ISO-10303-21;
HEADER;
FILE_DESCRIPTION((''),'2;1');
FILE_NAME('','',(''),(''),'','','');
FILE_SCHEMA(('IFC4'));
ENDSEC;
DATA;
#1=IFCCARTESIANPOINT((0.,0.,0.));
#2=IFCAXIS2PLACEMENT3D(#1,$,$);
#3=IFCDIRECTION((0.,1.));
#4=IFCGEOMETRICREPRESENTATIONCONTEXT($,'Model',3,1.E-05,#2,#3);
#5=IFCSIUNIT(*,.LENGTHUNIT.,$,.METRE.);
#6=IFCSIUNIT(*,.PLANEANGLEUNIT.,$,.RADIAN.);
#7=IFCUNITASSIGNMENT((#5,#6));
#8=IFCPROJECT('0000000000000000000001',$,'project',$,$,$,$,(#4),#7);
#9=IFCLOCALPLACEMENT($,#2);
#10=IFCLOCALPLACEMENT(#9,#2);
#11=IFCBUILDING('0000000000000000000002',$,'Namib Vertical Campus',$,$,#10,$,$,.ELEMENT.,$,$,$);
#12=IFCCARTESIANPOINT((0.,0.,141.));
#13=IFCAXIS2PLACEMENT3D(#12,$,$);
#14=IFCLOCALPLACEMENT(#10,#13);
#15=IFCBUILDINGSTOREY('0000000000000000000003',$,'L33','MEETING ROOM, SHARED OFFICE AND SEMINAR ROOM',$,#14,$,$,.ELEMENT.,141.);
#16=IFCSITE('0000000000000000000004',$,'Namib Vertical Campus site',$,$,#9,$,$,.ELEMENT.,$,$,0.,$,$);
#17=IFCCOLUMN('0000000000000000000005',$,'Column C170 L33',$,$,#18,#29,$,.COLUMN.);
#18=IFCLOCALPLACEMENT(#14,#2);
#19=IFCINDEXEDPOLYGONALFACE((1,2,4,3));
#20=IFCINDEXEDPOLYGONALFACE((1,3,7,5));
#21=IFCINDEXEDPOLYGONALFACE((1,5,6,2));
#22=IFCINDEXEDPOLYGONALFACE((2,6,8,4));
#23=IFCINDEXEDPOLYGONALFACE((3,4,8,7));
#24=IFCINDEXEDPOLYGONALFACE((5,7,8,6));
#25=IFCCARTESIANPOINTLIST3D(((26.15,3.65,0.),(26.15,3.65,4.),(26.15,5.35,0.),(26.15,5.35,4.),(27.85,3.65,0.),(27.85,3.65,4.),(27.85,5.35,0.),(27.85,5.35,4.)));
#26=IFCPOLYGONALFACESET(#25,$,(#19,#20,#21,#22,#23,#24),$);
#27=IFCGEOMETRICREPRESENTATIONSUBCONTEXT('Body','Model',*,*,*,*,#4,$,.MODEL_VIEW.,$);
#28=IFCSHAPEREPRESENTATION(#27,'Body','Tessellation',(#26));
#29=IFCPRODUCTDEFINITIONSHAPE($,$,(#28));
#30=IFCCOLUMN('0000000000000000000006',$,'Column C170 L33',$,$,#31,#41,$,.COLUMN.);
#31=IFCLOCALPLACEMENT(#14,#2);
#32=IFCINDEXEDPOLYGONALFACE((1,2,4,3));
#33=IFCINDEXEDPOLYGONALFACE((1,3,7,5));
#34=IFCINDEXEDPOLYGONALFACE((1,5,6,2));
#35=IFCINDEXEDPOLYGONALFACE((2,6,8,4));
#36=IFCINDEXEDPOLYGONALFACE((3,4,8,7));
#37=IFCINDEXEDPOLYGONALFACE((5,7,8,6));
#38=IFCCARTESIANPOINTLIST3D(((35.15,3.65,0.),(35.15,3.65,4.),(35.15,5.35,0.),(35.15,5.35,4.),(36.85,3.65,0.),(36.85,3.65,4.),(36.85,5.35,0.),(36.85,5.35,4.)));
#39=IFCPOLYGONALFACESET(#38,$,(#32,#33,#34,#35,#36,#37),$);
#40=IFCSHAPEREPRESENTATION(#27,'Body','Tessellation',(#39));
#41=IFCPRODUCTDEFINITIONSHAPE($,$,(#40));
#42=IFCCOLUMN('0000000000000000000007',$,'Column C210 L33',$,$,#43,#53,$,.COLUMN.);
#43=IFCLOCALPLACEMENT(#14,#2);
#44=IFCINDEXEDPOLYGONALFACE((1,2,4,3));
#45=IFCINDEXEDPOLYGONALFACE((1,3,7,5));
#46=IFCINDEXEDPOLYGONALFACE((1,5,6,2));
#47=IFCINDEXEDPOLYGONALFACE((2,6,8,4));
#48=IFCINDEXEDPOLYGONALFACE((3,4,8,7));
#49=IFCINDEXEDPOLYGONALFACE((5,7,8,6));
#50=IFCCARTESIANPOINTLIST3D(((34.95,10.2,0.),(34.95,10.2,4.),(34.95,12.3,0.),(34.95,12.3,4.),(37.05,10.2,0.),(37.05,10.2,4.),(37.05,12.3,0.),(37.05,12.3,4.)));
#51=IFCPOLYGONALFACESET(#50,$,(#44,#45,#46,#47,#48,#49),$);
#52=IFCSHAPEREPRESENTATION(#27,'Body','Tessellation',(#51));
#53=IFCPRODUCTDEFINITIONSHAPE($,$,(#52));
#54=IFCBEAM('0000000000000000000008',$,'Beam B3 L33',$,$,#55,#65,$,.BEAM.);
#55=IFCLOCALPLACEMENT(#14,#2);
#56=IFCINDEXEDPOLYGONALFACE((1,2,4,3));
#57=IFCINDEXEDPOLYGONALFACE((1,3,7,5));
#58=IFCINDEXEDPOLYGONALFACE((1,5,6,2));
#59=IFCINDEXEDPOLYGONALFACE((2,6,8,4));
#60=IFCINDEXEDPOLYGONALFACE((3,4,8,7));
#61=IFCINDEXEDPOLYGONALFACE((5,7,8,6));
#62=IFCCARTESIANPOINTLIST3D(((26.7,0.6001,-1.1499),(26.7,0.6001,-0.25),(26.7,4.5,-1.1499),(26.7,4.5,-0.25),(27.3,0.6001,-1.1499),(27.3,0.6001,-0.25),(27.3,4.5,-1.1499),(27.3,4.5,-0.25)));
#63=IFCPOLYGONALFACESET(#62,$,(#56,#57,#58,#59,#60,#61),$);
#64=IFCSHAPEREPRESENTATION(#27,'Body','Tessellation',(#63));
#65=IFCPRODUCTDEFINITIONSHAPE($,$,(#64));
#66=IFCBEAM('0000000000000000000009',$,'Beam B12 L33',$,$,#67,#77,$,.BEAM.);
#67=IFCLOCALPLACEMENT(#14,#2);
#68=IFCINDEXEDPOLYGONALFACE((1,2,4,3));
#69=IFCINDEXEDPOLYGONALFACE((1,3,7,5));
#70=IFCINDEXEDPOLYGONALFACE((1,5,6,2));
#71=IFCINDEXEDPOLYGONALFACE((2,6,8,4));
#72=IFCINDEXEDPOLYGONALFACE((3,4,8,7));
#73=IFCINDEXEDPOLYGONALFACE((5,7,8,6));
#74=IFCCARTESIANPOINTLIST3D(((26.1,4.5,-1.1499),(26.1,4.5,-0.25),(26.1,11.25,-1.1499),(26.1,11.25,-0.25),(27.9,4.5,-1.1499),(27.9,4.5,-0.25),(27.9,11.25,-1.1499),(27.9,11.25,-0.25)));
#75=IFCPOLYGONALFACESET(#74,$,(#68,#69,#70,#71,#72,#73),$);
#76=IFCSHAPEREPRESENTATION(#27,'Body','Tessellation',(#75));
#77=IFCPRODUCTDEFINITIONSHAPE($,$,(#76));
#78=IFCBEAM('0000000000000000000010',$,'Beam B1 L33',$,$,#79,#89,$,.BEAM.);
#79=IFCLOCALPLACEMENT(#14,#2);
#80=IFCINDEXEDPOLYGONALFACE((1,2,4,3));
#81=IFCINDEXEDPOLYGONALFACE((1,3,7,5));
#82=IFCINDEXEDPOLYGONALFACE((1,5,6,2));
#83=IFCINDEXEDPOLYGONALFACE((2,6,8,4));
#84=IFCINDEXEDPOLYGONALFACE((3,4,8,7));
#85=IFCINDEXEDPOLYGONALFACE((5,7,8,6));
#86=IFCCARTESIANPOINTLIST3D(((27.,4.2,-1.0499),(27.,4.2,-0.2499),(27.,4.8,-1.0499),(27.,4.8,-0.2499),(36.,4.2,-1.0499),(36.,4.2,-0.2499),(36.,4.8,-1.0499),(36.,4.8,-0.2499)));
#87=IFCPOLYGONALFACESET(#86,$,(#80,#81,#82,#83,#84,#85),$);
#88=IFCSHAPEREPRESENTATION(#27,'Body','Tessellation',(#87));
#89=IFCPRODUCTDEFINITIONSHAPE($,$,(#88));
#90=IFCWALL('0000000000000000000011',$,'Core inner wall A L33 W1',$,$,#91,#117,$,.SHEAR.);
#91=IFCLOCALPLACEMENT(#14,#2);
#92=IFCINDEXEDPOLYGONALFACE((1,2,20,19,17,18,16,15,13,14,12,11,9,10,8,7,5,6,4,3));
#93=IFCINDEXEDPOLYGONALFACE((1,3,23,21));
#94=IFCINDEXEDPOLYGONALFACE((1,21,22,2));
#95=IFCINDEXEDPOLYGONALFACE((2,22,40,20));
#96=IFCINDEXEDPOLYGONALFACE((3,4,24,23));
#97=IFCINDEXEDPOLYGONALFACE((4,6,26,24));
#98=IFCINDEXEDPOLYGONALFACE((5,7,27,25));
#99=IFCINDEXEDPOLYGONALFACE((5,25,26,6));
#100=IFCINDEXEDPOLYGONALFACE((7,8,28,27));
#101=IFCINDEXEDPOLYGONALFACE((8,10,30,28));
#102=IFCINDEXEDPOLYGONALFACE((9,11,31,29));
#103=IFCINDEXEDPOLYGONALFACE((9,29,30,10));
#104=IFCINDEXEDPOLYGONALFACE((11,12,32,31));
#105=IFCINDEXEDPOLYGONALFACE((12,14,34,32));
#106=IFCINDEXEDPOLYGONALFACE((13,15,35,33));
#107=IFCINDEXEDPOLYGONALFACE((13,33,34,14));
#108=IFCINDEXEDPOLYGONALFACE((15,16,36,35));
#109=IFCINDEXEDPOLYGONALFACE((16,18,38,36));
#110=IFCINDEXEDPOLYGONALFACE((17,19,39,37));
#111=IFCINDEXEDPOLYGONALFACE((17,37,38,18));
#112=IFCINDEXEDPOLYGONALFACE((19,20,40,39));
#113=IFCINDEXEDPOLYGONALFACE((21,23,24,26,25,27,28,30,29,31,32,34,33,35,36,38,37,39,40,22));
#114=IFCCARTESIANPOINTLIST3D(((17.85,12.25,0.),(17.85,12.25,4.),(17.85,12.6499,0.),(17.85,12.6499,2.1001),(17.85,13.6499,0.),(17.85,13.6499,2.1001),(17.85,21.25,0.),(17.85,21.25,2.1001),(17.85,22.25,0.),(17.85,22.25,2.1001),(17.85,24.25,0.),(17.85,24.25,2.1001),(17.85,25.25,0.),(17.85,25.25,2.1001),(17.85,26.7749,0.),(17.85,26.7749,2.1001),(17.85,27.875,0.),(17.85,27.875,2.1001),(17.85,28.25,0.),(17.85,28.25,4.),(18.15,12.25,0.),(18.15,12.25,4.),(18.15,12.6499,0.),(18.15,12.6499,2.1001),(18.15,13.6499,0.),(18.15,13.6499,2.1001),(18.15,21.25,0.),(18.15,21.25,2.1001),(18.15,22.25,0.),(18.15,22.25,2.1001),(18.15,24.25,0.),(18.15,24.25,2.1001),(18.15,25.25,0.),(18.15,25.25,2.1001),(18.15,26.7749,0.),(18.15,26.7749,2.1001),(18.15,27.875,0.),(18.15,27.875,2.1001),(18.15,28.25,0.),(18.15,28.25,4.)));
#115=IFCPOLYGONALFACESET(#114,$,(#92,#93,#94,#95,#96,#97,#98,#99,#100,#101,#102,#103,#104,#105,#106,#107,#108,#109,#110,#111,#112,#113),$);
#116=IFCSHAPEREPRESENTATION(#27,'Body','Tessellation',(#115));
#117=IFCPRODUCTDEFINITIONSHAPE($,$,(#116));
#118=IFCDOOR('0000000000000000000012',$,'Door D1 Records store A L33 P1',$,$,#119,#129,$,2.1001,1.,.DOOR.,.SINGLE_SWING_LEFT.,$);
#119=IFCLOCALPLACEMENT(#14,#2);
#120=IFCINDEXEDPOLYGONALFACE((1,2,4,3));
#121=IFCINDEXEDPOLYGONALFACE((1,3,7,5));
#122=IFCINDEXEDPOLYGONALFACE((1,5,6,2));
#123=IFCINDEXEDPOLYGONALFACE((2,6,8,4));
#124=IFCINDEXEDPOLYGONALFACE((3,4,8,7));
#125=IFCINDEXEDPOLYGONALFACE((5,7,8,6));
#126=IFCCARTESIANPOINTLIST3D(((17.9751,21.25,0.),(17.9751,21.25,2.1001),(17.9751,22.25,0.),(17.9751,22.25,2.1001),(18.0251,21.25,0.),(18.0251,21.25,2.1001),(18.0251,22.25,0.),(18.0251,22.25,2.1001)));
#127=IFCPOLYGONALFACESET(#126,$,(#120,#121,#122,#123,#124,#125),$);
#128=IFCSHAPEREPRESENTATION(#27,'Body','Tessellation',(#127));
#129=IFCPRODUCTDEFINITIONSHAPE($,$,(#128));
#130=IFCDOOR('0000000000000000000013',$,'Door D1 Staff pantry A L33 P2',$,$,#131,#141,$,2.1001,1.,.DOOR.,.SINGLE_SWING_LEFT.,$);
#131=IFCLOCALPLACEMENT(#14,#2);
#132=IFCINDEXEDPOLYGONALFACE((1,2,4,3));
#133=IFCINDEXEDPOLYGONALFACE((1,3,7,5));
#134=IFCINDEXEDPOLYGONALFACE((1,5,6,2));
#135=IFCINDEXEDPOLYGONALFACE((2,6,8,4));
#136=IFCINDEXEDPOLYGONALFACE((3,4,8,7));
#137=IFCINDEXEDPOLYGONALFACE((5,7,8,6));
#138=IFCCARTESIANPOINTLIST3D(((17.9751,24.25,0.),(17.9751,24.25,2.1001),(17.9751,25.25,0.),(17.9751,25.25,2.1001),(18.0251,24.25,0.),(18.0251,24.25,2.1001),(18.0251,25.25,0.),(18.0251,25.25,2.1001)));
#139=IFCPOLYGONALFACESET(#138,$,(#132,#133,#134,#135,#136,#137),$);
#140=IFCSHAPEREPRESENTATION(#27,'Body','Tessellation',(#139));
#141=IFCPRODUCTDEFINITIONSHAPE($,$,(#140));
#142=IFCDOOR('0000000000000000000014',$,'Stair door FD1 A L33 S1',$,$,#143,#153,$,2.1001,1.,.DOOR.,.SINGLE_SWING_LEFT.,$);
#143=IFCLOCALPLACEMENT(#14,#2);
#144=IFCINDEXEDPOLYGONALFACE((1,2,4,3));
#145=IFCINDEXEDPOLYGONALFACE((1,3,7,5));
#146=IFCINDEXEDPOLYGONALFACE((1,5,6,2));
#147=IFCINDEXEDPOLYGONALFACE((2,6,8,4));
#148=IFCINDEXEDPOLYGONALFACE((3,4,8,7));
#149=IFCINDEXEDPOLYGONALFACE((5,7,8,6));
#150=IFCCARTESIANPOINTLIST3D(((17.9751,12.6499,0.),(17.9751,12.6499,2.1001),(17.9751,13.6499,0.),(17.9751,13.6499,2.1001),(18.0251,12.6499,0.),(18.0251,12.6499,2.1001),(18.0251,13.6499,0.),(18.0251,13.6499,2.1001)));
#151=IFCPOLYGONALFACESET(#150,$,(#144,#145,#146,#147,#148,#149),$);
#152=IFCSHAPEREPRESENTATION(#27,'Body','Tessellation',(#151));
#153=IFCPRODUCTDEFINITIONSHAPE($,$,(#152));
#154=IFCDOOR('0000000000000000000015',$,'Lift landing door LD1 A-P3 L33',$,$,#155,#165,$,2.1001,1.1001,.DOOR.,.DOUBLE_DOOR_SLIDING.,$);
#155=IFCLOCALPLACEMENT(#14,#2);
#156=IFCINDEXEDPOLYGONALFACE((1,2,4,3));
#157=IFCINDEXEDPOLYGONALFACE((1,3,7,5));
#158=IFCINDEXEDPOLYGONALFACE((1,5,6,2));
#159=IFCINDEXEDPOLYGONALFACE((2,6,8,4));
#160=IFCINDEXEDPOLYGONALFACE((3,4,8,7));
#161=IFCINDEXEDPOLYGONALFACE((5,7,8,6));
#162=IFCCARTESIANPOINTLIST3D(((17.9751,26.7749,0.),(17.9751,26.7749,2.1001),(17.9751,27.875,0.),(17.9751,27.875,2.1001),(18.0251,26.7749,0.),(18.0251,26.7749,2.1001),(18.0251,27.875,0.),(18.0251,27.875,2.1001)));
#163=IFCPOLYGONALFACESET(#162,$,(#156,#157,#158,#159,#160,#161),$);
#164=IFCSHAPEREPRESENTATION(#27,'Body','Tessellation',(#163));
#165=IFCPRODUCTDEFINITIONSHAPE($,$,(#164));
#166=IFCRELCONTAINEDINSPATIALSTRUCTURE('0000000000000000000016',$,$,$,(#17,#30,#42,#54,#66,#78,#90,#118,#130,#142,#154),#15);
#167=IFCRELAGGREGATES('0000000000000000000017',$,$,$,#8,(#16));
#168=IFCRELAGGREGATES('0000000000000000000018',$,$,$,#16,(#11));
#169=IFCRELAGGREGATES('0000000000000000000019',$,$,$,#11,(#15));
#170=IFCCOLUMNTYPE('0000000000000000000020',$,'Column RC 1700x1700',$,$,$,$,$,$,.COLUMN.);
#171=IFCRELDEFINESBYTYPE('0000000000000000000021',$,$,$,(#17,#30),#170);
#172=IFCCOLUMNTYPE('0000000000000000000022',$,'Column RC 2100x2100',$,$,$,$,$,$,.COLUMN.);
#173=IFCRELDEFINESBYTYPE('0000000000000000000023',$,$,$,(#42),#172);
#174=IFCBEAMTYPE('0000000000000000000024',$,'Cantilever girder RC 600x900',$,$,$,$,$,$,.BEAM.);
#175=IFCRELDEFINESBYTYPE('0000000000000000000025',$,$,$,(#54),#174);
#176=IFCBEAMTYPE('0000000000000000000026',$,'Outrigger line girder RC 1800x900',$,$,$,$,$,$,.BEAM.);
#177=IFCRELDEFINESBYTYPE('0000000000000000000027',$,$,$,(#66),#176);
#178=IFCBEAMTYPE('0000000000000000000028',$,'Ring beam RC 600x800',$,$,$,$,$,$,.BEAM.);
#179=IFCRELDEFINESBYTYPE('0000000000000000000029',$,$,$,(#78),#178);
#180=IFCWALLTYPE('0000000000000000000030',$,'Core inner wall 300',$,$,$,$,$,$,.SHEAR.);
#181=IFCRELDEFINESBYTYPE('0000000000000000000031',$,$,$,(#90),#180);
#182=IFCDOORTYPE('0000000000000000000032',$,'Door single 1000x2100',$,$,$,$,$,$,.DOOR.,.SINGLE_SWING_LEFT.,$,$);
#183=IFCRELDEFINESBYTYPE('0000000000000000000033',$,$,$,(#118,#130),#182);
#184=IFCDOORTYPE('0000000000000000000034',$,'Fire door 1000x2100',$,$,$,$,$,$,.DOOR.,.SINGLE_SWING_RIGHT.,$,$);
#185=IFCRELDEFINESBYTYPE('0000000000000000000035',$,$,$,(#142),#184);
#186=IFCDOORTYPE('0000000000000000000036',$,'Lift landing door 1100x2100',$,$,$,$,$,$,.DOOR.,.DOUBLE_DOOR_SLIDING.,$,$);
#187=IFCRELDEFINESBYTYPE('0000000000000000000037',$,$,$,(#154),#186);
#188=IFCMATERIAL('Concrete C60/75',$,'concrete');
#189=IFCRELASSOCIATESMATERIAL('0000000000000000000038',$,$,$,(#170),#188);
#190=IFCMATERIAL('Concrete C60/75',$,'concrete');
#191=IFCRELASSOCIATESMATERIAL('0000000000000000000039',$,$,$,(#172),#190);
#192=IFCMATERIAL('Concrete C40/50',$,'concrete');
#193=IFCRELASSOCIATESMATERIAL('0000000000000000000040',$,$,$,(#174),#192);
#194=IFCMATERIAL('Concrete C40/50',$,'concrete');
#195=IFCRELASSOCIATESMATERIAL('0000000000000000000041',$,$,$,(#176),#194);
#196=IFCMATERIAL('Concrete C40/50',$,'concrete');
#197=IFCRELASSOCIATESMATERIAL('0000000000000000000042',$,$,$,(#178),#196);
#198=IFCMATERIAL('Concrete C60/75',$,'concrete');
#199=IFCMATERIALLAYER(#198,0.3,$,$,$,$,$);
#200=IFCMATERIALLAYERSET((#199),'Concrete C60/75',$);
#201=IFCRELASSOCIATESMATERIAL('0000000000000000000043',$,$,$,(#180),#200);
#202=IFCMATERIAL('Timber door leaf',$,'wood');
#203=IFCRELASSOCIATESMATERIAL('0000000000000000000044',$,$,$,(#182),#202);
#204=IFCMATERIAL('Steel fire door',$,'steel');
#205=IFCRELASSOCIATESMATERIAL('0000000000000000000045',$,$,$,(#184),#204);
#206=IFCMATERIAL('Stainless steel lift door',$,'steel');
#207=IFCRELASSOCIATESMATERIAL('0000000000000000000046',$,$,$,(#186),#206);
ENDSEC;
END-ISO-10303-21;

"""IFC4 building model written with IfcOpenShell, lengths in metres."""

from ifc_helpers import new_model, si_unit, direction, frame, frame_2d, origin, origin_2d, place, context, subcontext, project, spatial, rectangle, extrude, material, layer, layer_set, material_profile, profile_set, type_object, element, fill, save


model = new_model("IFC4")

# Units and contexts
model_context = context("Model", 3, precision=1e-05, world=origin(), true_north=direction((0.0, 1.0)))
body_context = subcontext(model_context, "Body", "Model", "MODEL_VIEW")
ifc_project = project(units=[si_unit("LENGTHUNIT", "METRE"), si_unit("PLANEANGLEUNIT", "RADIAN")], contexts=[model_context])

# Site, building, storey
site_placement = place(None, origin())
site = spatial("IfcSite", under=ifc_project, at=site_placement, Name="Namib Vertical Campus site", CompositionType="ELEMENT", RefElevation=0.0)
building_placement = place(site_placement, origin())
building = spatial("IfcBuilding", under=site, at=building_placement, Name="Namib Vertical Campus", CompositionType="ELEMENT")
storey_placement = place(building_placement, frame((0.0, 0.0, 141.0)))
storey = spatial("IfcBuildingStorey", under=building, at=storey_placement, Name="L33", Description="MEETING ROOM, SHARED OFFICE AND SEMINAR ROOM", CompositionType="ELEMENT", Elevation=141.0)

# Columns
ifc_material_1 = material(Name="Concrete C60/75", Category="concrete")
ifc_material_profile_1 = material_profile(ifc_material_1, rectangle(XDim=1.7, YDim=1.7, at=origin_2d()))
ifc_profile_set_1 = profile_set([ifc_material_profile_1], Name="Concrete C60/75")
column_type_1 = type_object("IfcColumnType", Name="Column RC 1700x1700", PredefinedType="COLUMN", material=ifc_profile_set_1)
for number, where, z_axis, x_axis, name in (
    (1, (27.0, 4.5, 0.0), (0.0, 0.0, 1.0), (1.0, 0.0, 0.0), "Column C170 L33"),
    (2, (36.0, 4.5, 0.0), (0.0, 0.0, 1.0), (1.0, 0.0, 0.0), "Column C170 L33"),
):
    element("IfcColumn", number, at=place(storey_placement, frame(where, z_axis=z_axis, x_axis=x_axis)), inside=storey, type_object=column_type_1, Name=name, PredefinedType="COLUMN", context=body_context, shape_type="SweptSolid", body=[
        extrude(rectangle(XDim=1.7, YDim=1.7, at=origin_2d()), origin(), (0.0, 0.0, 1.0), 4.0),
    ])
ifc_material_2 = material(Name="Concrete C60/75", Category="concrete")
ifc_material_profile_2 = material_profile(ifc_material_2, rectangle(XDim=2.1001, YDim=2.1001, at=origin_2d()))
ifc_profile_set_2 = profile_set([ifc_material_profile_2], Name="Concrete C60/75")
column_type_2 = type_object("IfcColumnType", Name="Column RC 2100x2100", PredefinedType="COLUMN", material=ifc_profile_set_2)
column_placement = place(storey_placement, frame((36.0, 11.25, 0.0), z_axis=(0.0, 0.0, 1.0), x_axis=(1.0, 0.0, 0.0)))
element("IfcColumn", 3, at=column_placement, inside=storey, type_object=column_type_2, Name="Column C210 L33", PredefinedType="COLUMN", context=body_context, shape_type="SweptSolid", body=[
    extrude(rectangle(XDim=2.1001, YDim=2.1001, at=origin_2d()), origin(), (0.0, 0.0, 1.0), 4.0),
])

# Beams
ifc_material_3 = material(Name="Concrete C40/50", Category="concrete")
ifc_material_profile_3 = material_profile(ifc_material_3, rectangle(XDim=0.6001, YDim=0.8999, at=origin_2d()))
ifc_profile_set_3 = profile_set([ifc_material_profile_3], Name="Concrete C40/50")
beam_type_1 = type_object("IfcBeamType", Name="Cantilever girder RC 600x900", PredefinedType="BEAM", material=ifc_profile_set_3)
beam_1_placement = place(storey_placement, frame((27.0, 4.5, -0.7), z_axis=(0.0, -1.0, 0.0), x_axis=(1.0, 0.0, 0.0)))
element("IfcBeam", 4, at=beam_1_placement, inside=storey, type_object=beam_type_1, Name="Beam B3 L33", PredefinedType="BEAM", context=body_context, shape_type="SweptSolid", body=[
    extrude(rectangle(XDim=0.6001, YDim=0.8999, at=origin_2d()), origin(), (0.0, 0.0, 1.0), 3.8999),
])
ifc_material_4 = material(Name="Concrete C40/50", Category="concrete")
ifc_material_profile_4 = material_profile(ifc_material_4, rectangle(XDim=1.8, YDim=0.8999, at=origin_2d()))
ifc_profile_set_4 = profile_set([ifc_material_profile_4], Name="Concrete C40/50")
beam_type_2 = type_object("IfcBeamType", Name="Outrigger line girder RC 1800x900", PredefinedType="BEAM", material=ifc_profile_set_4)
beam_2_placement = place(storey_placement, frame((27.0, 4.5, -0.7), z_axis=(0.0, 1.0, 0.0), x_axis=(-1.0, 0.0, 0.0)))
element("IfcBeam", 5, at=beam_2_placement, inside=storey, type_object=beam_type_2, Name="Beam B12 L33", PredefinedType="BEAM", context=body_context, shape_type="SweptSolid", body=[
    extrude(rectangle(XDim=1.8, YDim=0.8999, at=origin_2d()), origin(), (0.0, 0.0, 1.0), 6.75),
])
ifc_material_5 = material(Name="Concrete C40/50", Category="concrete")
ifc_material_profile_5 = material_profile(ifc_material_5, rectangle(XDim=0.6001, YDim=0.8, at=origin_2d()))
ifc_profile_set_5 = profile_set([ifc_material_profile_5], Name="Concrete C40/50")
beam_type_3 = type_object("IfcBeamType", Name="Ring beam RC 600x800", PredefinedType="BEAM", material=ifc_profile_set_5)
beam_3_placement = place(storey_placement, frame((27.0, 4.5, -0.6499), z_axis=(1.0, 0.0, 0.0), x_axis=(0.0, 1.0, 0.0)))
element("IfcBeam", 6, at=beam_3_placement, inside=storey, type_object=beam_type_3, Name="Beam B1 L33", PredefinedType="BEAM", context=body_context, shape_type="SweptSolid", body=[
    extrude(rectangle(XDim=0.6001, YDim=0.8, at=origin_2d()), origin(), (0.0, 0.0, 1.0), 9.0),
])

# Wall, openings, doors
ifc_material_6 = material(Name="Concrete C60/75", Category="concrete")
ifc_layer_1 = layer(ifc_material_6, 0.3)
ifc_layer_set_1 = layer_set([ifc_layer_1], Name="Concrete C60/75")
wall_type_1 = type_object("IfcWallType", Name="Core inner wall 300", PredefinedType="SHEAR", material=ifc_layer_set_1)
wall_1_placement = place(storey_placement, frame((18.0, 12.25, 0.0), z_axis=(0.0, 0.0, 1.0), x_axis=(0.0, 1.0, 0.0)))
wall_1 = element("IfcWall", 7, at=wall_1_placement, inside=storey, type_object=wall_type_1, Name="Core inner wall A L33 W1", PredefinedType="SHEAR", context=body_context, shape_type="SweptSolid", body=[
    extrude(rectangle(XDim=16.0, YDim=0.3, at=frame_2d((8.0, 0.0))), origin(), (0.0, 0.0, 1.0), 4.0),
])
opening_1_placement = place(wall_1_placement, frame((0.3999, 0.0, 0.0)))
opening_1 = element("IfcOpeningElement", 8, at=opening_1_placement, cuts=wall_1, PredefinedType="OPENING", context=body_context, shape_type="SweptSolid", body=[
    extrude(rectangle(XDim=1.0, YDim=2.1001, at=frame_2d((0.5, 1.05))), frame((0.0, 0.1599, 0.0), z_axis=(0.0, -1.0, 0.0), x_axis=(1.0, 0.0, 0.0)), (0.0, 0.0, 1.0), 0.3201),
])
opening_2_placement = place(wall_1_placement, frame((14.5249, 0.0, 0.0)))
opening_2 = element("IfcOpeningElement", 9, at=opening_2_placement, cuts=wall_1, PredefinedType="OPENING", context=body_context, shape_type="SweptSolid", body=[
    extrude(rectangle(XDim=1.1001, YDim=2.1001, at=frame_2d((0.55, 1.05))), frame((0.0, 0.1599, 0.0), z_axis=(0.0, -1.0, 0.0), x_axis=(1.0, 0.0, 0.0)), (0.0, 0.0, 1.0), 0.3201),
])
opening_3_placement = place(wall_1_placement, frame((9.0, 0.0, 0.0)))
opening_3 = element("IfcOpeningElement", 10, at=opening_3_placement, cuts=wall_1, PredefinedType="OPENING", context=body_context, shape_type="SweptSolid", body=[
    extrude(rectangle(XDim=1.0, YDim=2.1001, at=frame_2d((0.5, 1.05))), frame((0.0, 0.1599, 0.0), z_axis=(0.0, -1.0, 0.0), x_axis=(1.0, 0.0, 0.0)), (0.0, 0.0, 1.0), 0.3201),
])
opening_4_placement = place(wall_1_placement, frame((12.0, 0.0, 0.0)))
opening_4 = element("IfcOpeningElement", 11, at=opening_4_placement, cuts=wall_1, PredefinedType="OPENING", context=body_context, shape_type="SweptSolid", body=[
    extrude(rectangle(XDim=1.0, YDim=2.1001, at=frame_2d((0.5, 1.05))), frame((0.0, 0.1599, 0.0), z_axis=(0.0, -1.0, 0.0), x_axis=(1.0, 0.0, 0.0)), (0.0, 0.0, 1.0), 0.3201),
])
ifc_material_7 = material(Name="Timber door leaf", Category="wood")
door_type_1 = type_object("IfcDoorType", Name="Door single 1000x2100", OperationType="SINGLE_SWING_LEFT", PredefinedType="DOOR", material=ifc_material_7)
door_1_placement = place(opening_3_placement, origin())
door_1 = element("IfcDoor", 12, at=door_1_placement, inside=storey, type_object=door_type_1, Name="Door D1 Records store A L33 P1", OperationType="SINGLE_SWING_LEFT", OverallHeight=2.1001, OverallWidth=1.0, PredefinedType="DOOR", context=body_context, shape_type="SweptSolid", body=[
    extrude(rectangle(XDim=1.0, YDim=2.1001, at=frame_2d((0.5, 1.05))), frame((0.0, 0.0249, 0.0), z_axis=(0.0, -1.0, 0.0), x_axis=(1.0, 0.0, 0.0)), (0.0, 0.0, 1.0), 0.05),
])
fill(opening_3, door_1)
door_2_placement = place(opening_4_placement, origin())
door_2 = element("IfcDoor", 13, at=door_2_placement, inside=storey, type_object=door_type_1, Name="Door D1 Staff pantry A L33 P2", OperationType="SINGLE_SWING_LEFT", OverallHeight=2.1001, OverallWidth=1.0, PredefinedType="DOOR", context=body_context, shape_type="SweptSolid", body=[
    extrude(rectangle(XDim=1.0, YDim=2.1001, at=frame_2d((0.5, 1.05))), frame((0.0, 0.0249, 0.0), z_axis=(0.0, -1.0, 0.0), x_axis=(1.0, 0.0, 0.0)), (0.0, 0.0, 1.0), 0.05),
])
fill(opening_4, door_2)
ifc_material_8 = material(Name="Steel fire door", Category="steel")
door_type_2 = type_object("IfcDoorType", Name="Fire door 1000x2100", OperationType="SINGLE_SWING_RIGHT", PredefinedType="DOOR", material=ifc_material_8)
door_3_placement = place(opening_1_placement, origin())
door_3 = element("IfcDoor", 14, at=door_3_placement, inside=storey, type_object=door_type_2, Name="Stair door FD1 A L33 S1", OperationType="SINGLE_SWING_LEFT", OverallHeight=2.1001, OverallWidth=1.0, PredefinedType="DOOR", context=body_context, shape_type="SweptSolid", body=[
    extrude(rectangle(XDim=1.0, YDim=2.1001, at=frame_2d((0.5, 1.05))), frame((0.0, 0.0249, 0.0), z_axis=(0.0, -1.0, 0.0), x_axis=(1.0, 0.0, 0.0)), (0.0, 0.0, 1.0), 0.05),
])
fill(opening_1, door_3)
ifc_material_9 = material(Name="Stainless steel lift door", Category="steel")
door_type_3 = type_object("IfcDoorType", Name="Lift landing door 1100x2100", OperationType="DOUBLE_DOOR_SLIDING", PredefinedType="DOOR", material=ifc_material_9)
door_4_placement = place(opening_2_placement, origin())
door_4 = element("IfcDoor", 15, at=door_4_placement, inside=storey, type_object=door_type_3, Name="Lift landing door LD1 A-P3 L33", OperationType="DOUBLE_DOOR_SLIDING", OverallHeight=2.1001, OverallWidth=1.1001, PredefinedType="DOOR", context=body_context, shape_type="SweptSolid", body=[
    extrude(rectangle(XDim=1.1001, YDim=2.1001, at=frame_2d((0.55, 1.05))), frame((0.0, 0.0249, 0.0), z_axis=(0.0, -1.0, 0.0), x_axis=(1.0, 0.0, 0.0)), (0.0, 0.0, 1.0), 0.05),
])
fill(opening_2, door_4)

save(model, "model.ifc")
